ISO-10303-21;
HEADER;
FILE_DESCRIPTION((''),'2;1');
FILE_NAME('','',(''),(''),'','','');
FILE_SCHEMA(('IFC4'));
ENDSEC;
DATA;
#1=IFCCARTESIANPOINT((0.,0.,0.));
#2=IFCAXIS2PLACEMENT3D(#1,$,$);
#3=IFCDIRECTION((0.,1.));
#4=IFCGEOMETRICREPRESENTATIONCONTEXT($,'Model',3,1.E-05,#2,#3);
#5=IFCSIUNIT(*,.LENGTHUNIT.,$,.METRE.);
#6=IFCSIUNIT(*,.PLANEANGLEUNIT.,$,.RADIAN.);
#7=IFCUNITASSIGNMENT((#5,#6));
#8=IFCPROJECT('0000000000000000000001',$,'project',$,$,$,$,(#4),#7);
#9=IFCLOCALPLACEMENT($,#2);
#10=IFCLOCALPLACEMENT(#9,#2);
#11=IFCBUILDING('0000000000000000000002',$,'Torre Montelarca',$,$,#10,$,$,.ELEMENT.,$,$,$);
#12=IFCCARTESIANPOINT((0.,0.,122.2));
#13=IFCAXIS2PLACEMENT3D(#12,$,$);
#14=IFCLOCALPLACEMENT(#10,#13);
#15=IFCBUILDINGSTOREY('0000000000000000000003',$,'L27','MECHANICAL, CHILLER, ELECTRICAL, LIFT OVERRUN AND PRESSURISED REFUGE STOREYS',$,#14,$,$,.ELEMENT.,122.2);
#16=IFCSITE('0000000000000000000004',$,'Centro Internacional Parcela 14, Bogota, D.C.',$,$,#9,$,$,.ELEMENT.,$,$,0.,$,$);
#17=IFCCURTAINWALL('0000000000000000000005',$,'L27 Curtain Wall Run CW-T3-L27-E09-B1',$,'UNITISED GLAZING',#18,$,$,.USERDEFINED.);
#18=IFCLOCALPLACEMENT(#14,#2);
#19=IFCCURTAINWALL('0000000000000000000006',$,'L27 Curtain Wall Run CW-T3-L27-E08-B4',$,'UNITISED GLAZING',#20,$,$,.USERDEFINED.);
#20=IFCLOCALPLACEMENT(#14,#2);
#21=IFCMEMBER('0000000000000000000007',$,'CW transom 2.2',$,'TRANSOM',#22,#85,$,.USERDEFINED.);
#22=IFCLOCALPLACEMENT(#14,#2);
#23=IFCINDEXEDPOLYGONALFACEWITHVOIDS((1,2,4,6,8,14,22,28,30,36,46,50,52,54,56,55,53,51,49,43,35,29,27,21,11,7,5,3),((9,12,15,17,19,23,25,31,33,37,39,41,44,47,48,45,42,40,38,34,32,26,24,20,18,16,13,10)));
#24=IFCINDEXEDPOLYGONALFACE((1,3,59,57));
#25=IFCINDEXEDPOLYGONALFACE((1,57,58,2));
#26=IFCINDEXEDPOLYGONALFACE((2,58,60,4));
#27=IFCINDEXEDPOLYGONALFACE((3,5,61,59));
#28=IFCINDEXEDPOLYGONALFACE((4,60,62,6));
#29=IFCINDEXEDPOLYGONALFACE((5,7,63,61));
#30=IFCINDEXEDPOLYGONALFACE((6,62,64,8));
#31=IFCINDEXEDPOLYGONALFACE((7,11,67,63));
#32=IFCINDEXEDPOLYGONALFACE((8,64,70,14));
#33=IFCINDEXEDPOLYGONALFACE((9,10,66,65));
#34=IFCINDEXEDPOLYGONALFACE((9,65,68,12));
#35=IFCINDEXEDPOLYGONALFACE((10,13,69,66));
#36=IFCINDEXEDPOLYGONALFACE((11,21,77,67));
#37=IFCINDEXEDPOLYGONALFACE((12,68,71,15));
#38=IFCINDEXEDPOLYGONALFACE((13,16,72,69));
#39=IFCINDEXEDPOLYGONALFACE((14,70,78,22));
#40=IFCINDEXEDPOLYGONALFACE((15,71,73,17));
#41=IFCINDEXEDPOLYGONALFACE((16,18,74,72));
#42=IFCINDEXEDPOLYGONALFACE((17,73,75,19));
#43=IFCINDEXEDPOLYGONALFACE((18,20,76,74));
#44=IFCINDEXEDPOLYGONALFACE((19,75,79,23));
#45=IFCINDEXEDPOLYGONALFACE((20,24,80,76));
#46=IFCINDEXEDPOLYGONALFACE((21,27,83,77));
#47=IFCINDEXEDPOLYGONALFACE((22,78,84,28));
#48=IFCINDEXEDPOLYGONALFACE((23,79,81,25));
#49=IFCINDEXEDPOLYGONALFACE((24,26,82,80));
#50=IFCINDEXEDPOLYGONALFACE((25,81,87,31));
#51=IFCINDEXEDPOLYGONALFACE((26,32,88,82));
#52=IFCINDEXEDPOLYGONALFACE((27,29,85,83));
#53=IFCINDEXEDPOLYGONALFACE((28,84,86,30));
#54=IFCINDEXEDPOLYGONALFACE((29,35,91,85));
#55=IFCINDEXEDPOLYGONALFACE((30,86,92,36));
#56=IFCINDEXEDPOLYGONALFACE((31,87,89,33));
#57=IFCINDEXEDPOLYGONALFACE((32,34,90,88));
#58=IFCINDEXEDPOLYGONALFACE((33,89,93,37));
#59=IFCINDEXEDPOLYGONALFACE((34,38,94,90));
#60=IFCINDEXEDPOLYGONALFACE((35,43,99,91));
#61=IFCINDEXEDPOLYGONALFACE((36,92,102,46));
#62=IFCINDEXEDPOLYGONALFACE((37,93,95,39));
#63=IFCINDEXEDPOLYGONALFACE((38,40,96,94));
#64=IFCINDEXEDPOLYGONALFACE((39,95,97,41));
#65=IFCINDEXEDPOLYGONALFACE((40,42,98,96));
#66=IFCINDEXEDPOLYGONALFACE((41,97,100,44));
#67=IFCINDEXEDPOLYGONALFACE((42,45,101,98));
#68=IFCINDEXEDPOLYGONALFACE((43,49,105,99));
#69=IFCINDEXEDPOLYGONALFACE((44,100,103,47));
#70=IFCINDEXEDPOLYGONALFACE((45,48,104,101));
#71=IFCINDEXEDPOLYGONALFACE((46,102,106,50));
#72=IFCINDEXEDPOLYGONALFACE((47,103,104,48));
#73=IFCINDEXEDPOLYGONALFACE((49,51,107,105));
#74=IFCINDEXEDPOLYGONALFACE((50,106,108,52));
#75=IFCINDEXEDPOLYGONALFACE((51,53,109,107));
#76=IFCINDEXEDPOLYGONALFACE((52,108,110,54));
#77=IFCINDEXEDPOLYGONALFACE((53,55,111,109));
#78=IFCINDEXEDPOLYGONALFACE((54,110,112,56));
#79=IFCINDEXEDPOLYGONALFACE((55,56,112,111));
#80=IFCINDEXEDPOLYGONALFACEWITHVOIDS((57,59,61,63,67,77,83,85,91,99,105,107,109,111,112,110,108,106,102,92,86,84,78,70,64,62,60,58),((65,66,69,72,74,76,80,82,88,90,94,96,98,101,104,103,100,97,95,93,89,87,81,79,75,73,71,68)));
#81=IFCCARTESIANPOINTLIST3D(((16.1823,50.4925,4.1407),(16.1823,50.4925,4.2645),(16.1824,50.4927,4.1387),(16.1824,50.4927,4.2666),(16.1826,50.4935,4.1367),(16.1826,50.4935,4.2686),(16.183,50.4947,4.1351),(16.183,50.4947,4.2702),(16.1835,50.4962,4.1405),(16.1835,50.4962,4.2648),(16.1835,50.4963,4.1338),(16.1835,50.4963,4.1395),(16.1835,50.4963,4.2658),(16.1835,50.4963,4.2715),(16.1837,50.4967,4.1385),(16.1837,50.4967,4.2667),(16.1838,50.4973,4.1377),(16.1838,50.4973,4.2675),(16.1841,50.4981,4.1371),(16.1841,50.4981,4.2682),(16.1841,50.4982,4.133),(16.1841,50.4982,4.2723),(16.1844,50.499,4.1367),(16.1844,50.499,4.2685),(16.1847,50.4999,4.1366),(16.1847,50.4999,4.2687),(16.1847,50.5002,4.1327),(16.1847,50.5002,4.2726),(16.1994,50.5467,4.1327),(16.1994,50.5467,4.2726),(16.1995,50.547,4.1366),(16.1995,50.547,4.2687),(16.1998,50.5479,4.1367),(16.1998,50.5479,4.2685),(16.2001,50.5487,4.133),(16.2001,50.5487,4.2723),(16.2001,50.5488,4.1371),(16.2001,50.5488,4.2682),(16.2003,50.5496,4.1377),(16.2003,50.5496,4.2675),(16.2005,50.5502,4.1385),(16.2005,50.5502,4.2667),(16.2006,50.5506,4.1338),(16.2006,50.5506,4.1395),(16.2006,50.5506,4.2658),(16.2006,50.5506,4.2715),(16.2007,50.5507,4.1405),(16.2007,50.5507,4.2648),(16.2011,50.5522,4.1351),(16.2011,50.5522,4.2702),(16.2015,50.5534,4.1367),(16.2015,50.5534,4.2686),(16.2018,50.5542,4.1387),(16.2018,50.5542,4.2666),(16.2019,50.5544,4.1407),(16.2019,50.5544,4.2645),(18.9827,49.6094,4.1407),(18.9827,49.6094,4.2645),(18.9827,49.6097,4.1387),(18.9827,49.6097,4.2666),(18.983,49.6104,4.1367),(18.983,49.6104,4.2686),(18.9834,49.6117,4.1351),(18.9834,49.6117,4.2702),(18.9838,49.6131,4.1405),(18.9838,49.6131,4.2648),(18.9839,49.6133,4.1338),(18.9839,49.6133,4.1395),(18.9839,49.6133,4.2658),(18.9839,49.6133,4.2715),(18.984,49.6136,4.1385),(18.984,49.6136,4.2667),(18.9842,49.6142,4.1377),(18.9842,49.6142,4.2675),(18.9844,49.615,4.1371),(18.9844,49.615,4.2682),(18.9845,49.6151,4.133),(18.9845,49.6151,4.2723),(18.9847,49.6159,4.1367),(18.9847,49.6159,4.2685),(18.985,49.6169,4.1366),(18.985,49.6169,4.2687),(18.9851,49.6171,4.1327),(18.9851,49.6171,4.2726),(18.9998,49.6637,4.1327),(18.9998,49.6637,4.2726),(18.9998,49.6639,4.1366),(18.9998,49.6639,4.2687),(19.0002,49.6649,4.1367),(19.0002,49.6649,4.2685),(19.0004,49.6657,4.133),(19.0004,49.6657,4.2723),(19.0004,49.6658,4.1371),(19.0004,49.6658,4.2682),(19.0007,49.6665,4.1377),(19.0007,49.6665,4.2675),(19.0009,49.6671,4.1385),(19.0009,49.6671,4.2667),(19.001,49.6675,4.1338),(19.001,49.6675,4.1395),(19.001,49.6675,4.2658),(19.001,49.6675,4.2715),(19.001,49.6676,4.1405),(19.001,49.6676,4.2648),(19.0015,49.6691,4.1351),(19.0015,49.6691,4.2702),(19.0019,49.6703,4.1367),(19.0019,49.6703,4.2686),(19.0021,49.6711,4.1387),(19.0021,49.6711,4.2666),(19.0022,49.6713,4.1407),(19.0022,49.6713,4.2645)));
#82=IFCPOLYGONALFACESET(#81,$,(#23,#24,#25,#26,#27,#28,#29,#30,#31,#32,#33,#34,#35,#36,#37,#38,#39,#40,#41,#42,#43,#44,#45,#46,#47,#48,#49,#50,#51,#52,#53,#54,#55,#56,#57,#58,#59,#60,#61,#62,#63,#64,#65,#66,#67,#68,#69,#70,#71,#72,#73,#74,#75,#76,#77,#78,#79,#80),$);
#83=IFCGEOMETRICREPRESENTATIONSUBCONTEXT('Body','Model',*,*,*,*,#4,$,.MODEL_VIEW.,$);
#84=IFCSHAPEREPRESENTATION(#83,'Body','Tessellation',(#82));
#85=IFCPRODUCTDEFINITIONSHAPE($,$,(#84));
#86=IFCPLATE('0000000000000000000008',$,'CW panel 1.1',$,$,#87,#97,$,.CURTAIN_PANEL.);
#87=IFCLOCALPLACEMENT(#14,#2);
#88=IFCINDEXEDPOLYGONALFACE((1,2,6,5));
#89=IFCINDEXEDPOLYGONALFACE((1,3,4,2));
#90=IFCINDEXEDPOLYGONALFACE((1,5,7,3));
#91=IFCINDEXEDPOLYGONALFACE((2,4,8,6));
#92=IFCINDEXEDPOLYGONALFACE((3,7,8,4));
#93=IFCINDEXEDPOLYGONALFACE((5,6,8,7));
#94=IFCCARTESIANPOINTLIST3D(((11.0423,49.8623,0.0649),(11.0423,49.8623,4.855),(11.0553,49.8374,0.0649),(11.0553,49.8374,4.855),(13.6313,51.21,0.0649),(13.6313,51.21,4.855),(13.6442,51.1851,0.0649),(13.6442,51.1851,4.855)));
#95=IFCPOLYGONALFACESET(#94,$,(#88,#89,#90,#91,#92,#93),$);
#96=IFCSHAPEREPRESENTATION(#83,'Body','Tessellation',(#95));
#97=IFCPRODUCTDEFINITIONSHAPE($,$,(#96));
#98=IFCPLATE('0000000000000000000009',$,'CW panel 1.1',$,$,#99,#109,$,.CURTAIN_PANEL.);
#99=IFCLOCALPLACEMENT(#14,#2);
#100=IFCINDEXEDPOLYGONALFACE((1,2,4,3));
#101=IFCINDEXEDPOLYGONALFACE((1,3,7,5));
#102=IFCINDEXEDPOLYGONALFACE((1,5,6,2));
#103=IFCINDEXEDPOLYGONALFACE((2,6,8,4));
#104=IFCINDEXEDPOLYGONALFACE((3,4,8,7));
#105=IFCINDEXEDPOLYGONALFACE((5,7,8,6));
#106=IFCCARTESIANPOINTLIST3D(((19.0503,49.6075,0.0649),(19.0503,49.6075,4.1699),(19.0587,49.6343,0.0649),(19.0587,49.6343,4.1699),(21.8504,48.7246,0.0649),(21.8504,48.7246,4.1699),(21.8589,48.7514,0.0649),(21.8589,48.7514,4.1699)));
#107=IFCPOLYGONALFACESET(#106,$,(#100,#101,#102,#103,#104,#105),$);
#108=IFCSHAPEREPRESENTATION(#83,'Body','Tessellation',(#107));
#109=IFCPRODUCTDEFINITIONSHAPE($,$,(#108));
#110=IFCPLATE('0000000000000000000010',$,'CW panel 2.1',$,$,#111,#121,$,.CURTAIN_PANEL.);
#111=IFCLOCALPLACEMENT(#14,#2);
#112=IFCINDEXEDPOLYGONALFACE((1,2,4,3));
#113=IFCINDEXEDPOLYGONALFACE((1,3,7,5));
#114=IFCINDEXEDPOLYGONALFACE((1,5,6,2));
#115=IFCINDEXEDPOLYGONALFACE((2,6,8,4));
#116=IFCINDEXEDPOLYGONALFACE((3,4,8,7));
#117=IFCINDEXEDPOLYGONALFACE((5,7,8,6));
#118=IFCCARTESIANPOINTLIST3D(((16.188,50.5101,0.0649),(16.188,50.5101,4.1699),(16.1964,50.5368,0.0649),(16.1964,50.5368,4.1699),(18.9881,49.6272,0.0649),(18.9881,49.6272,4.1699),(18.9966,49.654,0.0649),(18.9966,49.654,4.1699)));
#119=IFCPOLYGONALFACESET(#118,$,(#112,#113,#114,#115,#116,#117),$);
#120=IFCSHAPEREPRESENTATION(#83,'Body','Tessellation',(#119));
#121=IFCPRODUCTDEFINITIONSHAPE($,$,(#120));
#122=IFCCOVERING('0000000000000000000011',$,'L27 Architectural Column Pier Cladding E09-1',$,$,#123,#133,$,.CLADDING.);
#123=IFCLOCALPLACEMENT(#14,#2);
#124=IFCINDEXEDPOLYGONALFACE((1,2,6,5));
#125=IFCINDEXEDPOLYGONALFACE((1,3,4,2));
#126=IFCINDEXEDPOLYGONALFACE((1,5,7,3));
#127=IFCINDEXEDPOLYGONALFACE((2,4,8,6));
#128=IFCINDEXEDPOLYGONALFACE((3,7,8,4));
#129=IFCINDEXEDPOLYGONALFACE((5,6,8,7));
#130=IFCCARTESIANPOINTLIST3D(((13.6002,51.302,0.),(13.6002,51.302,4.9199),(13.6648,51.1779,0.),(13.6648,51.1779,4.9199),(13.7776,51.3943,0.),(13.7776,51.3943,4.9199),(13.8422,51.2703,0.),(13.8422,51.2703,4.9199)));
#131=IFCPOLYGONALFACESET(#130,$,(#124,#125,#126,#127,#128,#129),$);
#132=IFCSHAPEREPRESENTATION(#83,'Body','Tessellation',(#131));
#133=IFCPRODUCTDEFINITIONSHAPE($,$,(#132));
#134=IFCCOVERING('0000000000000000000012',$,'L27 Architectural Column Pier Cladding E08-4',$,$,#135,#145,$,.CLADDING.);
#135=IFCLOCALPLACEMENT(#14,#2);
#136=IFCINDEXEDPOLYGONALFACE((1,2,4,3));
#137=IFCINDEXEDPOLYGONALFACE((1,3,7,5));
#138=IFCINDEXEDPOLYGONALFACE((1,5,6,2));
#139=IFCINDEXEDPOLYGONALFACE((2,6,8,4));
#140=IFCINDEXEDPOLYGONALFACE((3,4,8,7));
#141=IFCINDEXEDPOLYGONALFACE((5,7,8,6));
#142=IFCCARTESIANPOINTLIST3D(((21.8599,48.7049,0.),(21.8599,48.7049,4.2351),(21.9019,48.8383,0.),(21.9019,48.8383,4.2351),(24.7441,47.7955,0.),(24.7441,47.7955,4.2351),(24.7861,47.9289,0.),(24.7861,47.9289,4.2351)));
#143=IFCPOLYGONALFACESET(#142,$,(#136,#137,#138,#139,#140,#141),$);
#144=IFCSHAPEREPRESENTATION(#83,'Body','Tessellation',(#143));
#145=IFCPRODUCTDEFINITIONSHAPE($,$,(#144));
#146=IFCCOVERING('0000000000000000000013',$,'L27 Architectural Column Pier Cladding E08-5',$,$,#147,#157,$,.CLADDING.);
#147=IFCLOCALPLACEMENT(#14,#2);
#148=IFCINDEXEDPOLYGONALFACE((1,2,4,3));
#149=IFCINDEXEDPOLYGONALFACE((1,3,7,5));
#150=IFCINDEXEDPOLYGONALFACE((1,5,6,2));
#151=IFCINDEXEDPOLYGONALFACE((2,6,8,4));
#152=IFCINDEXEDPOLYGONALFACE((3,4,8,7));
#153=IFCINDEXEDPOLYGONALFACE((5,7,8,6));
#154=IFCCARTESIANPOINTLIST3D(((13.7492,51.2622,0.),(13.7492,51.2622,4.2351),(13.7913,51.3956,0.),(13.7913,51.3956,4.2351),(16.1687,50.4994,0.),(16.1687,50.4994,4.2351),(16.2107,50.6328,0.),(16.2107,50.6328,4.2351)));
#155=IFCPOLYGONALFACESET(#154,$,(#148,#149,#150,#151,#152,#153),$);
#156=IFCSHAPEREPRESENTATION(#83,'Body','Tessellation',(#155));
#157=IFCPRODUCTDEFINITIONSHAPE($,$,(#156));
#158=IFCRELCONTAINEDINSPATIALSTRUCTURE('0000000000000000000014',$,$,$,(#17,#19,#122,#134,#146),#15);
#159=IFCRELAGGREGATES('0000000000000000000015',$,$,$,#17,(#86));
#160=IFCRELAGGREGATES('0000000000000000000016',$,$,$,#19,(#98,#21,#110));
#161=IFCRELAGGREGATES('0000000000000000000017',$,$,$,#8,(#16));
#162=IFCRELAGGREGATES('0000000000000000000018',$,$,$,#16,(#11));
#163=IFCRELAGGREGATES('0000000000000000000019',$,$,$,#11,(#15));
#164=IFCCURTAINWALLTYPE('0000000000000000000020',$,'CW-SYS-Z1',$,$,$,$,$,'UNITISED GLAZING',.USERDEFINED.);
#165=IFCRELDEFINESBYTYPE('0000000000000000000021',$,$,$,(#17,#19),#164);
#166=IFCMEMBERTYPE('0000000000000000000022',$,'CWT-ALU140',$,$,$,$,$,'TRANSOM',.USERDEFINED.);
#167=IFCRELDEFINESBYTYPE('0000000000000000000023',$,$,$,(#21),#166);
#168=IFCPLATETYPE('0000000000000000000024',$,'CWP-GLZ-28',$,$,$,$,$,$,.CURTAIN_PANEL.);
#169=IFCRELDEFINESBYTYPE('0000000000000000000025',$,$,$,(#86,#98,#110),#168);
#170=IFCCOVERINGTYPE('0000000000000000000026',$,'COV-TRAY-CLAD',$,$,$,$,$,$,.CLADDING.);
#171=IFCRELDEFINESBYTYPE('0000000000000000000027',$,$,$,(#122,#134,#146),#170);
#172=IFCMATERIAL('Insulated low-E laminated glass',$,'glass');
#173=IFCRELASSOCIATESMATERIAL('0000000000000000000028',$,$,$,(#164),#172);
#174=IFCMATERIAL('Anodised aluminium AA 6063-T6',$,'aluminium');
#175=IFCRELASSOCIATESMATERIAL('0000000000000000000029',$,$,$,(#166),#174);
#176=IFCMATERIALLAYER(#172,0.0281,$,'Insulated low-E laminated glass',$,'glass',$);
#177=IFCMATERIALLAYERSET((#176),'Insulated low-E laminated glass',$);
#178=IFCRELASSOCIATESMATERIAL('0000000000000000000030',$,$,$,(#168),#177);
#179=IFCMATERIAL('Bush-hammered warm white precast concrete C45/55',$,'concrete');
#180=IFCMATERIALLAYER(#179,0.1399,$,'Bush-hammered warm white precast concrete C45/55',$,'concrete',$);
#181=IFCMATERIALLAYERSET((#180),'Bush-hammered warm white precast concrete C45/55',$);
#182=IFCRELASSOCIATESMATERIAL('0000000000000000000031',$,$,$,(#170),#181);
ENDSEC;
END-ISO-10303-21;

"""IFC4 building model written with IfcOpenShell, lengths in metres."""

from ifc_helpers import new_model, si_unit, direction, frame, origin, origin_2d, place, context, subcontext, project, spatial, rectangle, hollow_rectangle, extrude, source, transform, mapped, material, layer, layer_set, material_profile, profile_set, type_object, element, aggregate, save


model = new_model("IFC4")

# Units and contexts
model_context = context("Model", 3, precision=1e-05, world=origin(), true_north=direction((0.0, 1.0)))
body_context = subcontext(model_context, "Body", "Model", "MODEL_VIEW")
ifc_project = project(units=[si_unit("LENGTHUNIT", "METRE"), si_unit("PLANEANGLEUNIT", "RADIAN")], contexts=[model_context])

# Site, building, storey
site_placement = place(None, origin())
site = spatial("IfcSite", under=ifc_project, at=site_placement, Name="Centro Internacional Parcela 14, Bogota, D.C.", CompositionType="ELEMENT", RefElevation=0.0)
building_placement = place(site_placement, origin())
building = spatial("IfcBuilding", under=site, at=building_placement, Name="Torre Montelarca", CompositionType="ELEMENT")
storey_placement = place(building_placement, frame((0.0, 0.0, 122.2)))
storey = spatial("IfcBuildingStorey", under=building, at=storey_placement, Name="L27", Description="MECHANICAL, CHILLER, ELECTRICAL, LIFT OVERRUN AND PRESSURISED REFUGE STOREYS", CompositionType="ELEMENT", Elevation=122.2)

# Curtain wall
ifc_material_1 = material(Name="Insulated low-E laminated glass", Category="glass")
curtain_wall_type = type_object("IfcCurtainWallType", Name="CW-SYS-Z1", ElementType="UNITISED GLAZING", PredefinedType="USERDEFINED", material=ifc_material_1)
curtain_wall_1_placement = place(storey_placement, origin())
curtain_wall_1 = element("IfcCurtainWall", 1, at=curtain_wall_1_placement, inside=storey, type_object=curtain_wall_type, Name="L27 Curtain Wall Run CW-T3-L27-E09-B1", ObjectType="UNITISED GLAZING", PredefinedType="USERDEFINED")
ifc_material_2 = material(Name="Anodised aluminium AA 6063-T6", Category="aluminium")
ifc_material_profile_1 = material_profile(ifc_material_2, hollow_rectangle(XDim=0.0649, YDim=0.1399, WallThickness=0.0039, InnerFilletRadius=0.0039, OuterFilletRadius=0.0081, at=origin_2d()), Name="ALU65X140X4", Category="aluminium")
ifc_profile_set_1 = profile_set([ifc_material_profile_1], Name="Anodised aluminium AA 6063-T6")
member_type_1 = type_object("IfcMemberType", Name="CWT-ALU140", ElementType="TRANSOM", PredefinedType="USERDEFINED", material=ifc_profile_set_1)

# Curtain wall, member
curtain_wall_2_placement = place(storey_placement, origin())
curtain_wall_2 = element("IfcCurtainWall", 2, at=curtain_wall_2_placement, inside=storey, type_object=curtain_wall_type, Name="L27 Curtain Wall Run CW-T3-L27-E08-B4", ObjectType="UNITISED GLAZING", PredefinedType="USERDEFINED")
shared_shape_1 = source(origin(), body_context, "Body", "SweptSolid", [
    extrude(hollow_rectangle(XDim=0.0649, YDim=0.1399, WallThickness=0.0039, InnerFilletRadius=0.0039, OuterFilletRadius=0.0081, at=origin_2d()), origin(), (0.0, 0.0, 1.0), 2.9363),
])
member_1_placement = place(storey_placement, frame((18.9924, 49.6404, 4.2026), z_axis=(-0.953704, 0.300745, 0.0), x_axis=(-0.300745, -0.953704, 0.0)))
member_1 = element("IfcMember", 3, at=member_1_placement, type_object=member_type_1, Name="CW transom 2.2", ObjectType="TRANSOM", PredefinedType="USERDEFINED", context=body_context, shape_type="MappedRepresentation", body=[
    mapped(shared_shape_1, transform((0.0, 0.0, 0.0), scale=1.0)),
])

# Plates
ifc_layer_1 = layer(ifc_material_1, 0.0281, Name="Insulated low-E laminated glass", Category="glass")
ifc_layer_set_1 = layer_set([ifc_layer_1], Name="Insulated low-E laminated glass")
plate_type = type_object("IfcPlateType", Name="CWP-GLZ-28", PredefinedType="CURTAIN_PANEL", material=ifc_layer_set_1)
shared_shape_2 = source(origin(), body_context, "Body", "SweptSolid", [
    extrude(rectangle(XDim=2.9187, YDim=0.0281, at=origin_2d()), origin(), (0.0, 0.0, 1.0), 4.79),
])
plate_1_placement = place(storey_placement, frame((12.3433, 50.5237, 0.0649), z_axis=(0.0, 0.0, 1.0), x_axis=(-0.887021, -0.461729, 0.0)))
plate_1 = element("IfcPlate", 4, at=plate_1_placement, type_object=plate_type, Name="CW panel 1.1", PredefinedType="CURTAIN_PANEL", context=body_context, shape_type="MappedRepresentation", body=[
    mapped(shared_shape_2, transform((0.0, 0.0, 0.0), scale=1.0)),
])
aggregate(curtain_wall_1, [plate_1])
shared_shape_3 = source(origin(), body_context, "Body", "SweptSolid", [
    extrude(rectangle(XDim=2.936, YDim=0.0281, at=origin_2d()), origin(), (0.0, 0.0, 1.0), 4.105),
])
plate_2_placement = place(storey_placement, frame((20.4546, 49.1794, 0.0649), z_axis=(0.0, 0.0, 1.0), x_axis=(-0.953721, 0.300694, 0.0)))
plate_2 = element("IfcPlate", 5, at=plate_2_placement, type_object=plate_type, Name="CW panel 1.1", PredefinedType="CURTAIN_PANEL", context=body_context, shape_type="MappedRepresentation", body=[
    mapped(shared_shape_3, transform((0.0, 0.0, 0.0), scale=1.0)),
])
plate_3_placement = place(storey_placement, frame((17.5923, 50.082, 0.0649), z_axis=(0.0, 0.0, 1.0), x_axis=(-0.953721, 0.300694, 0.0)))
plate_3 = element("IfcPlate", 6, at=plate_3_placement, type_object=plate_type, Name="CW panel 2.1", PredefinedType="CURTAIN_PANEL", context=body_context, shape_type="MappedRepresentation", body=[
    mapped(shared_shape_3, transform((0.0, 0.0, 0.0), scale=1.0)),
])
aggregate(curtain_wall_2, [plate_2, member_1, plate_3])

# Coverings
ifc_material_3 = material(Name="Bush-hammered warm white precast concrete C45/55", Category="concrete")
ifc_layer_2 = layer(ifc_material_3, 0.1399, Name="Bush-hammered warm white precast concrete C45/55", Category="concrete")
ifc_layer_set_2 = layer_set([ifc_layer_2], Name="Bush-hammered warm white precast concrete C45/55")
covering_type = type_object("IfcCoveringType", Name="COV-TRAY-CLAD", PredefinedType="CLADDING", material=ifc_layer_set_2)
shared_shape_4 = source(origin(), body_context, "Body", "SweptSolid", [
    extrude(rectangle(XDim=0.2, YDim=0.1399, at=origin_2d()), origin(), (0.0, 0.0, 1.0), 4.9199),
])
covering_1_placement = place(storey_placement, frame((13.7212, 51.2861, 0.0), z_axis=(0.0, 0.0, 1.0), x_axis=(-0.887017, -0.461736, 0.0)))
element("IfcCovering", 7, at=covering_1_placement, inside=storey, type_object=covering_type, Name="L27 Architectural Column Pier Cladding E09-1", PredefinedType="CLADDING", context=body_context, shape_type="MappedRepresentation", body=[
    mapped(shared_shape_4, transform((0.0, 0.0, 0.0), scale=1.0)),
])
shared_shape_5 = source(origin(), body_context, "Body", "SweptSolid", [
    extrude(rectangle(XDim=3.0242, YDim=0.1399, at=origin_2d()), origin(), (0.0, 0.0, 1.0), 4.2351),
])
covering_2_placement = place(storey_placement, frame((23.323, 48.3169, 0.0), z_axis=(0.0, 0.0, 1.0), x_axis=(-0.953717, 0.300704, 0.0)))
element("IfcCovering", 8, at=covering_2_placement, inside=storey, type_object=covering_type, Name="L27 Architectural Column Pier Cladding E08-4", PredefinedType="CLADDING", context=body_context, shape_type="MappedRepresentation", body=[
    mapped(shared_shape_5, transform((0.0, 0.0, 0.0), scale=1.0)),
])
shared_shape_6 = source(origin(), body_context, "Body", "SweptSolid", [
    extrude(rectangle(XDim=2.5369, YDim=0.1399, at=origin_2d()), origin(), (0.0, 0.0, 1.0), 4.2351),
])
covering_3_placement = place(storey_placement, frame((14.98, 50.9475, 0.0), z_axis=(0.0, 0.0, 1.0), x_axis=(-0.953717, 0.300704, 0.0)))
element("IfcCovering", 9, at=covering_3_placement, inside=storey, type_object=covering_type, Name="L27 Architectural Column Pier Cladding E08-5", PredefinedType="CLADDING", context=body_context, shape_type="MappedRepresentation", body=[
    mapped(shared_shape_6, transform((0.0, 0.0, 0.0), scale=1.0)),
])

save(model, "model.ifc")
